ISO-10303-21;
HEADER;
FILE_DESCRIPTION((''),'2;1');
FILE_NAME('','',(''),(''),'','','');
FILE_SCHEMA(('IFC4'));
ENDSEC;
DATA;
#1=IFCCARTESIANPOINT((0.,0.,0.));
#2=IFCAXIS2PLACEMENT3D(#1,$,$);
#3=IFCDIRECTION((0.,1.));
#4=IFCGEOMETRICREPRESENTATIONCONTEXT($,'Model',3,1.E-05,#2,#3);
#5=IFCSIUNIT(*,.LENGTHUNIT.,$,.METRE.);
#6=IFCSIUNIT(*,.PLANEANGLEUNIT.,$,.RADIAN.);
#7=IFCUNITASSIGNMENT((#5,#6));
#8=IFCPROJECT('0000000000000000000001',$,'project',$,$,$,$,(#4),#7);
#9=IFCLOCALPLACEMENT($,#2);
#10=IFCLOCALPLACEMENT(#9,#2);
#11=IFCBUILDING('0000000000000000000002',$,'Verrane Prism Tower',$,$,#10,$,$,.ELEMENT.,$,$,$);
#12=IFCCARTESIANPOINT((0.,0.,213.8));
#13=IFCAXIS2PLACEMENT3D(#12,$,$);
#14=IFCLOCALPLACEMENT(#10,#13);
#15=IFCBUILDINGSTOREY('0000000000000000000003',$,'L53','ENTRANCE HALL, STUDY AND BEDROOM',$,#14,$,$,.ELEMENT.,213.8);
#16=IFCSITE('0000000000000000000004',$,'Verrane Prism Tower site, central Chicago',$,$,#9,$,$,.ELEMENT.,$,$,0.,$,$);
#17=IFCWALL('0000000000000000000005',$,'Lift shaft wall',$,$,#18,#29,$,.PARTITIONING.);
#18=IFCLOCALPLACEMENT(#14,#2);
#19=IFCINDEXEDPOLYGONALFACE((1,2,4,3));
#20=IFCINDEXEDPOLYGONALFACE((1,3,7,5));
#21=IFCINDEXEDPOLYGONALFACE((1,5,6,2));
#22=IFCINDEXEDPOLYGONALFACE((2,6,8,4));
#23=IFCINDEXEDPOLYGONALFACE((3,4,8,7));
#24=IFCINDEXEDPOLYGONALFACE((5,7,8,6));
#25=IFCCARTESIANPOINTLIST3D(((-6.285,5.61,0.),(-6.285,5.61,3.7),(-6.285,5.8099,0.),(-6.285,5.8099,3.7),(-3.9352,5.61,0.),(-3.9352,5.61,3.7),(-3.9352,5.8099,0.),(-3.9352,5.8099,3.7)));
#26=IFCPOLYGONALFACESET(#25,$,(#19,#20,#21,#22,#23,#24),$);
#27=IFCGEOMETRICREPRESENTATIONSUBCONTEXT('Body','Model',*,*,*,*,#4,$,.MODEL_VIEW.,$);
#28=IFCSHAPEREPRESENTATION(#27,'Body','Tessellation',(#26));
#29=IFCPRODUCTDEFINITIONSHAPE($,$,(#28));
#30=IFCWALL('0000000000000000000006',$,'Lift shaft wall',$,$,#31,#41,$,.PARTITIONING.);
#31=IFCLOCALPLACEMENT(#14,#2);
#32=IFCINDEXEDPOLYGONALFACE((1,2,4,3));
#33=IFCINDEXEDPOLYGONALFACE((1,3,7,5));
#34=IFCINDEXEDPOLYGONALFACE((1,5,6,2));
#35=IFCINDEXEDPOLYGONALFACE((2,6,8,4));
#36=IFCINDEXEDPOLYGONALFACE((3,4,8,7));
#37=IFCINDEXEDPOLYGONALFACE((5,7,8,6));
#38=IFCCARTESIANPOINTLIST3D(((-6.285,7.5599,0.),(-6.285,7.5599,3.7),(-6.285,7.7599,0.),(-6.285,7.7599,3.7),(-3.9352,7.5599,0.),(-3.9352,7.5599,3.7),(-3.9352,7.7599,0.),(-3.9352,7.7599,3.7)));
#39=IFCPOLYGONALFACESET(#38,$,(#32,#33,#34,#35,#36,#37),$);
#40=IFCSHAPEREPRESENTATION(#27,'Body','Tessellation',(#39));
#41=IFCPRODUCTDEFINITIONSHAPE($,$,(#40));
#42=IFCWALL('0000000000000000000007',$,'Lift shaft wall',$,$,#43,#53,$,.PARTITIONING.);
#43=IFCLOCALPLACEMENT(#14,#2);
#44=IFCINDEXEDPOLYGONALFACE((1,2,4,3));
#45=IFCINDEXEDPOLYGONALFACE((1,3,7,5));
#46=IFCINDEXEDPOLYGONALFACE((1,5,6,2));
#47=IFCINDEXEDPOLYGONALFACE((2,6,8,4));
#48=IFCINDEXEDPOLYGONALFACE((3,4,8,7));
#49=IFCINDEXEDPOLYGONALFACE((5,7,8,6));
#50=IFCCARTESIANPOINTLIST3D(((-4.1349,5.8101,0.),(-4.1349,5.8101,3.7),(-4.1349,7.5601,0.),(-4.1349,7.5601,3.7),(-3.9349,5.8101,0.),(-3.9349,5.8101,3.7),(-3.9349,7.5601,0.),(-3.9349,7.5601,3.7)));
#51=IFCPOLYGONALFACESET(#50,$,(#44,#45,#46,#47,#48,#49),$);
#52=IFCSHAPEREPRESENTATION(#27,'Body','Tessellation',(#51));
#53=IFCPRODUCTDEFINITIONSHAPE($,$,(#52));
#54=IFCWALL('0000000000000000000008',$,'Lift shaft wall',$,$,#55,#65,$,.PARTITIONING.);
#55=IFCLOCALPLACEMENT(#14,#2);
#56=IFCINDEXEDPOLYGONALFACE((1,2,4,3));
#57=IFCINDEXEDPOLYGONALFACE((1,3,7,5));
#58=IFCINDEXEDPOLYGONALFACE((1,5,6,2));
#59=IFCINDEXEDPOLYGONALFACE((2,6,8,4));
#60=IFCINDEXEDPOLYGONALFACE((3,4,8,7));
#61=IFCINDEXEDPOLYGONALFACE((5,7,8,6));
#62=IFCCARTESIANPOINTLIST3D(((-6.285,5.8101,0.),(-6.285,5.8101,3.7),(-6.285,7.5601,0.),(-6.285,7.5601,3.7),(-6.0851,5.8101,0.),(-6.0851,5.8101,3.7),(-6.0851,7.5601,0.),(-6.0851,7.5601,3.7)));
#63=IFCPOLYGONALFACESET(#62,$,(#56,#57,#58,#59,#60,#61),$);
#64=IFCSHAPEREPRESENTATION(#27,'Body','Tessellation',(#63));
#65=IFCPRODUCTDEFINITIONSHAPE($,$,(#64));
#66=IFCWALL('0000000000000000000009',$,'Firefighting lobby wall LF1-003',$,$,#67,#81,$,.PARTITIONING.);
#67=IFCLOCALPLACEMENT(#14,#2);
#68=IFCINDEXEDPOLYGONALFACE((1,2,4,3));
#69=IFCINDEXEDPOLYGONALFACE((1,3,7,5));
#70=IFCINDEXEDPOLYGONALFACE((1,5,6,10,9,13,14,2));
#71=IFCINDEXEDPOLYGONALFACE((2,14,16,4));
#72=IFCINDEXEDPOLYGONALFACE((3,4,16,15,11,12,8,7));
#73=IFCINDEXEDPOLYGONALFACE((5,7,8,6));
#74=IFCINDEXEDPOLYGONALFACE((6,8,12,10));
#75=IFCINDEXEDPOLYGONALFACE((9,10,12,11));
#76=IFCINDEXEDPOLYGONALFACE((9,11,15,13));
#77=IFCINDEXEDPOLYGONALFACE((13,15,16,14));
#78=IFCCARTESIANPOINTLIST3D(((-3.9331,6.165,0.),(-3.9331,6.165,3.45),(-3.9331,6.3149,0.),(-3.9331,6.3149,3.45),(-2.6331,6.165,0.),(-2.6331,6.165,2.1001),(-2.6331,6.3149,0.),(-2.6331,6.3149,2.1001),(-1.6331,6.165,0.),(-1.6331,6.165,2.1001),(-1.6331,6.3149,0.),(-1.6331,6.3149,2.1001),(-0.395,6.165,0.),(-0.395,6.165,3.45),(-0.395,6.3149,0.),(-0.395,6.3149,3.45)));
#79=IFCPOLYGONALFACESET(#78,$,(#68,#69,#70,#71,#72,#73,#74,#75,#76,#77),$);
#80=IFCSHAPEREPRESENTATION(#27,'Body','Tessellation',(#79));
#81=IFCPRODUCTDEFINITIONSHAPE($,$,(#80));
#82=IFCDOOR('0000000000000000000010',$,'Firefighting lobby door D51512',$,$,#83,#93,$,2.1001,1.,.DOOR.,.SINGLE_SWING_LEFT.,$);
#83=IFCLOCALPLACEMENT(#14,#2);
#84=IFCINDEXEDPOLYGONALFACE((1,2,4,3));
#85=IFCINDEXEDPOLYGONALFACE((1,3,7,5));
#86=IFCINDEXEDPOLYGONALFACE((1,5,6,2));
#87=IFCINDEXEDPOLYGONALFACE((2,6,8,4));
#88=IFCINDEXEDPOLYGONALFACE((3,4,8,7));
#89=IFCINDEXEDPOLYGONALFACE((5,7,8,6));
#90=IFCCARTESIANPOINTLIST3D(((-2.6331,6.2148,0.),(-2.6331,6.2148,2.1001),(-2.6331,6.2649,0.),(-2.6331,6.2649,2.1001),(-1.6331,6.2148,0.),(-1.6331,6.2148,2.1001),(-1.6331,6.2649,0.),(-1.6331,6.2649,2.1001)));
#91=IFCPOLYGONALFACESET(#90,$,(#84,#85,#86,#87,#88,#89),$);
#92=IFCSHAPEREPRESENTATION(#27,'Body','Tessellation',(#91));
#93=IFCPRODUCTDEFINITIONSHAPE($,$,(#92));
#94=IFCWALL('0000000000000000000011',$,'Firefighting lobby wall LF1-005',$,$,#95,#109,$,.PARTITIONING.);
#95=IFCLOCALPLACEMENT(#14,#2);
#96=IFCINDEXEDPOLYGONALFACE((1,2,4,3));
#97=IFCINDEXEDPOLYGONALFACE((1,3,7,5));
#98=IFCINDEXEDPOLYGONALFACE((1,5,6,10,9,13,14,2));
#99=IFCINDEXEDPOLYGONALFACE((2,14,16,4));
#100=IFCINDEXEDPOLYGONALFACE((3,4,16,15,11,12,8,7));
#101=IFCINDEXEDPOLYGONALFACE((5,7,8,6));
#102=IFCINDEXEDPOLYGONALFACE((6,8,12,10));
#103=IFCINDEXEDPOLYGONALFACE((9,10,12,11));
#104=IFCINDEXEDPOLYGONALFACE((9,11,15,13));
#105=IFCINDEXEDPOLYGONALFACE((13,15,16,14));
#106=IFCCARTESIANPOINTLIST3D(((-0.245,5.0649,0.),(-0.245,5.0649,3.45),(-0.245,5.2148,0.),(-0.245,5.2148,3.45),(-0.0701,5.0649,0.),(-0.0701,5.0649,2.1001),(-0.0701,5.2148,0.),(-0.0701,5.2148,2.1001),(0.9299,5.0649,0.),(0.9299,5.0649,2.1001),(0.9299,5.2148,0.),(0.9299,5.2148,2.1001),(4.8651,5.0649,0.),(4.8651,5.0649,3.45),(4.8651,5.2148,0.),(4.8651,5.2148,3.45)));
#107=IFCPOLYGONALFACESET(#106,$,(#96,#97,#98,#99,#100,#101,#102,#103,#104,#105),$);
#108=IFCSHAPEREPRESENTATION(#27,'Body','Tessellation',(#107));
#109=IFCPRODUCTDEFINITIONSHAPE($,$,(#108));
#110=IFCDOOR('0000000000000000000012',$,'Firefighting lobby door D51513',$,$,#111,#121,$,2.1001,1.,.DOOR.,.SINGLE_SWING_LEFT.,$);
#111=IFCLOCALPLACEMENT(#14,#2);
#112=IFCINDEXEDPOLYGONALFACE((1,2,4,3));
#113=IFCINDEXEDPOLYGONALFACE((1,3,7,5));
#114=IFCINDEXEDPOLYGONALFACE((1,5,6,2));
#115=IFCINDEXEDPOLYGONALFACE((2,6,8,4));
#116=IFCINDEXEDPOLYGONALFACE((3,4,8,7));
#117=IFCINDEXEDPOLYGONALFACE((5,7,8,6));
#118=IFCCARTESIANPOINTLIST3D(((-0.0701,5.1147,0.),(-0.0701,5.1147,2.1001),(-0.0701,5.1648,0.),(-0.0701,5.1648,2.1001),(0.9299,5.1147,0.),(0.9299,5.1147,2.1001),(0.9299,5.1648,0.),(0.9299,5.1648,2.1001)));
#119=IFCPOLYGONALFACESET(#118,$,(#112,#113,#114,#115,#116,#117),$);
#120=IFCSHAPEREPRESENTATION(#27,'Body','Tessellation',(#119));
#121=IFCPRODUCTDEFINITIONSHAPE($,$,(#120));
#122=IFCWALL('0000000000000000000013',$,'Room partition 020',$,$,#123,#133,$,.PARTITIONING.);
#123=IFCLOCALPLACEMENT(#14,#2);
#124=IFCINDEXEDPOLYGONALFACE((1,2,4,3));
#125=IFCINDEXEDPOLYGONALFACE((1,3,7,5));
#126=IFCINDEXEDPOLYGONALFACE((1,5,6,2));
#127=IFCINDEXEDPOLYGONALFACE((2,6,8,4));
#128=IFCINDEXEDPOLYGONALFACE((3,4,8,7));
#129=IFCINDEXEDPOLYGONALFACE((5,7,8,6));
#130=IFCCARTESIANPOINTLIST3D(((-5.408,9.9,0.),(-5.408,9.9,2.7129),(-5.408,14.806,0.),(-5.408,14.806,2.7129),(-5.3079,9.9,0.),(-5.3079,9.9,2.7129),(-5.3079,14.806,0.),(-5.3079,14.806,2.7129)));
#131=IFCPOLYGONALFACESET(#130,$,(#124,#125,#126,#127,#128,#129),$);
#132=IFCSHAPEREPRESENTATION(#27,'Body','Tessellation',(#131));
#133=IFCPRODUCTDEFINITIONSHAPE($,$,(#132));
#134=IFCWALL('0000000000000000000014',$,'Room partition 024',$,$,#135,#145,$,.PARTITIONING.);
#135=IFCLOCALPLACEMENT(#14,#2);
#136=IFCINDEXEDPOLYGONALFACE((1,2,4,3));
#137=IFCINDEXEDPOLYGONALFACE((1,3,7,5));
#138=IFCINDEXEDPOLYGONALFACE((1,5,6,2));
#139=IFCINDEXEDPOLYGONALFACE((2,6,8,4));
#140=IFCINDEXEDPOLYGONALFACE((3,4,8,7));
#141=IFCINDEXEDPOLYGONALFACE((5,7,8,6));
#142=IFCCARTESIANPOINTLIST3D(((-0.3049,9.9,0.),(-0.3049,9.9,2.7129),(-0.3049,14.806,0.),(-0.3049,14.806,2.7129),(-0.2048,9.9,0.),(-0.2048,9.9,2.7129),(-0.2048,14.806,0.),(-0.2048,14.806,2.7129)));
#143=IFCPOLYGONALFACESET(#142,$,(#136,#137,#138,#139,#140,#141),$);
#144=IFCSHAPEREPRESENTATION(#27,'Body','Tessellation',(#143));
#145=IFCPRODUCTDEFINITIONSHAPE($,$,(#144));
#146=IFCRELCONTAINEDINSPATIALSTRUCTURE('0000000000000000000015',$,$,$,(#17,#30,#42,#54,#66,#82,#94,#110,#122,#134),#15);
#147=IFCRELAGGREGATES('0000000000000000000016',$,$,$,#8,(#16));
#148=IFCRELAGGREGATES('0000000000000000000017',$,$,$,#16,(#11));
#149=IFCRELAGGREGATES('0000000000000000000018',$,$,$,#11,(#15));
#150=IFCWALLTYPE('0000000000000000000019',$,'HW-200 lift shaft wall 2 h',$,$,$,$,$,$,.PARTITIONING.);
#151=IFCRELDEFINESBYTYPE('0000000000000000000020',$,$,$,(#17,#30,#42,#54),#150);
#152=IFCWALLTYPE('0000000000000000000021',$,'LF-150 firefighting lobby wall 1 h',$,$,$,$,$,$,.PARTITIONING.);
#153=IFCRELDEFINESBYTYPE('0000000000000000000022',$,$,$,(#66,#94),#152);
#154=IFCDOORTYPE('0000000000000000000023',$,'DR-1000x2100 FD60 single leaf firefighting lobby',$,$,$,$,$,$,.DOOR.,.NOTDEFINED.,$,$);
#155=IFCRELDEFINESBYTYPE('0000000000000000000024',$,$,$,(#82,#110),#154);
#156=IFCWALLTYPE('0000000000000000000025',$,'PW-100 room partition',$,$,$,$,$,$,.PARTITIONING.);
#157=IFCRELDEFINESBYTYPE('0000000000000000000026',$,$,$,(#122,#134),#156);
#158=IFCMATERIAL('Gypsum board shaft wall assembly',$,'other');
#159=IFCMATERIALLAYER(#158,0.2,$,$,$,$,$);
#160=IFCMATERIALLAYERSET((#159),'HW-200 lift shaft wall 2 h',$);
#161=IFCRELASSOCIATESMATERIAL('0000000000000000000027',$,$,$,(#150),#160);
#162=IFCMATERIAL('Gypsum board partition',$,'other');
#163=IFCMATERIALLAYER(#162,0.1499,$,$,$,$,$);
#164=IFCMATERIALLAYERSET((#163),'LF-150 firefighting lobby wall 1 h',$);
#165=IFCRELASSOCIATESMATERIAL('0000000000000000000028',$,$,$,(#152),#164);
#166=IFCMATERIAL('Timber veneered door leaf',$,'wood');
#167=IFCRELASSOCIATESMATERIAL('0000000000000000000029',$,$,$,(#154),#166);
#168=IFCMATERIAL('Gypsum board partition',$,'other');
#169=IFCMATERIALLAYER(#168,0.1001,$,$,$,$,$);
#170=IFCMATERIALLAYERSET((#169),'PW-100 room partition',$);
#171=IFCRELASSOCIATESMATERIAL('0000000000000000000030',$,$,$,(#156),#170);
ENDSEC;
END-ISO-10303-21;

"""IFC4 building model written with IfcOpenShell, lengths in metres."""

from ifc_helpers import new_model, si_unit, direction, frame, frame_2d, origin, place, context, subcontext, project, spatial, rectangle, extrude, material, layer, layer_set, type_object, element, fill, save


model = new_model("IFC4")

# Units and contexts
model_context = context("Model", 3, precision=1e-05, world=origin(), true_north=direction((0.0, 1.0)))
body_context = subcontext(model_context, "Body", "Model", "MODEL_VIEW")
ifc_project = project(units=[si_unit("LENGTHUNIT", "METRE"), si_unit("PLANEANGLEUNIT", "RADIAN")], contexts=[model_context])

# Site, building, storey
site_placement = place(None, origin())
site = spatial("IfcSite", under=ifc_project, at=site_placement, Name="Verrane Prism Tower site, central Chicago", CompositionType="ELEMENT", RefElevation=0.0)
building_placement = place(site_placement, origin())
building = spatial("IfcBuilding", under=site, at=building_placement, Name="Verrane Prism Tower", CompositionType="ELEMENT")
storey_placement = place(building_placement, frame((0.0, 0.0, 213.8)))
storey = spatial("IfcBuildingStorey", under=building, at=storey_placement, Name="L53", Description="ENTRANCE HALL, STUDY AND BEDROOM", CompositionType="ELEMENT", Elevation=213.8)

# Walls
ifc_material_1 = material(Name="Gypsum board shaft wall assembly", Category="other")
ifc_layer_1 = layer(ifc_material_1, 0.2)
ifc_layer_set_1 = layer_set([ifc_layer_1], Name="HW-200 lift shaft wall 2 h")
wall_type_1 = type_object("IfcWallType", Name="HW-200 lift shaft wall 2 h", PredefinedType="PARTITIONING", material=ifc_layer_set_1)
for number, where, z_axis, x_axis, name in (
    (1, (-6.2849, 5.71, 0.0), (0.0, 0.0, 1.0), (1.0, 0.0, 0.0), "Lift shaft wall"),
    (2, (-6.2849, 7.6599, 0.0), (0.0, 0.0, 1.0), (1.0, 0.0, 0.0), "Lift shaft wall"),
):
    element("IfcWall", number, at=place(storey_placement, frame(where, z_axis=z_axis, x_axis=x_axis)), inside=storey, type_object=wall_type_1, Name=name, PredefinedType="PARTITIONING", context=body_context, shape_type="SweptSolid", body=[
        extrude(rectangle(XDim=2.3499, YDim=0.2, at=frame_2d((1.1748, 0.0))), origin(), (0.0, 0.0, 1.0), 3.7),
    ])
for number, where, z_axis, x_axis, name in (
    (3, (-4.0349, 5.8101, 0.0), (0.0, 0.0, 1.0), (0.0, 1.0, 0.0), "Lift shaft wall"),
    (4, (-6.1851, 5.8101, 0.0), (0.0, 0.0, 1.0), (0.0, 1.0, 0.0), "Lift shaft wall"),
):
    element("IfcWall", number, at=place(storey_placement, frame(where, z_axis=z_axis, x_axis=x_axis)), inside=storey, type_object=wall_type_1, Name=name, PredefinedType="PARTITIONING", context=body_context, shape_type="SweptSolid", body=[
        extrude(rectangle(XDim=1.75, YDim=0.2, at=frame_2d((0.875, 0.0))), origin(), (0.0, 0.0, 1.0), 3.7),
    ])

# Walls, openings, doors
ifc_material_2 = material(Name="Gypsum board partition", Category="other")
ifc_layer_2 = layer(ifc_material_2, 0.1499)
ifc_layer_set_2 = layer_set([ifc_layer_2], Name="LF-150 firefighting lobby wall 1 h")
wall_type_2 = type_object("IfcWallType", Name="LF-150 firefighting lobby wall 1 h", PredefinedType="PARTITIONING", material=ifc_layer_set_2)
wall_1_placement = place(storey_placement, frame((-3.9331, 6.24, 0.0), z_axis=(0.0, 0.0, 1.0), x_axis=(1.0, 0.0, 0.0)))
wall_1 = element("IfcWall", 5, at=wall_1_placement, inside=storey, type_object=wall_type_2, Name="Firefighting lobby wall LF1-003", PredefinedType="PARTITIONING", context=body_context, shape_type="SweptSolid", body=[
    extrude(rectangle(XDim=3.5381, YDim=0.1499, at=frame_2d((1.769, 0.0))), origin(), (0.0, 0.0, 1.0), 3.45),
])
opening_1_placement = place(wall_1_placement, frame((1.3, 0.0, 0.0)))
opening_1 = element("IfcOpeningElement", 6, at=opening_1_placement, cuts=wall_1, PredefinedType="OPENING", context=body_context, shape_type="SweptSolid", body=[
    extrude(rectangle(XDim=1.0, YDim=2.1001, at=frame_2d((0.5, 1.05))), frame((0.0, 0.085, 0.0), z_axis=(0.0, -1.0, 0.0), x_axis=(1.0, 0.0, 0.0)), (0.0, 0.0, 1.0), 0.1699),
])
ifc_material_3 = material(Name="Timber veneered door leaf", Category="wood")
door_type = type_object("IfcDoorType", Name="DR-1000x2100 FD60 single leaf firefighting lobby", OperationType="NOTDEFINED", PredefinedType="DOOR", material=ifc_material_3)
door_1_placement = place(opening_1_placement, origin())
door_1 = element("IfcDoor", 7, at=door_1_placement, inside=storey, type_object=door_type, Name="Firefighting lobby door D51512", OperationType="SINGLE_SWING_LEFT", OverallHeight=2.1001, OverallWidth=1.0, PredefinedType="DOOR", context=body_context, shape_type="SweptSolid", body=[
    extrude(rectangle(XDim=1.0, YDim=2.1001, at=frame_2d((0.5, 1.05))), frame((0.0, 0.0249, 0.0), z_axis=(0.0, -1.0, 0.0), x_axis=(1.0, 0.0, 0.0)), (0.0, 0.0, 1.0), 0.05),
])
fill(opening_1, door_1)
wall_2_placement = place(storey_placement, frame((-0.2451, 5.1399, 0.0), z_axis=(0.0, 0.0, 1.0), x_axis=(1.0, 0.0, 0.0)))
wall_2 = element("IfcWall", 8, at=wall_2_placement, inside=storey, type_object=wall_type_2, Name="Firefighting lobby wall LF1-005", PredefinedType="PARTITIONING", context=body_context, shape_type="SweptSolid", body=[
    extrude(rectangle(XDim=5.1101, YDim=0.1499, at=frame_2d((2.5552, 0.0))), origin(), (0.0, 0.0, 1.0), 3.45),
])
opening_2_placement = place(wall_2_placement, frame((0.175, 0.0, 0.0)))
opening_2 = element("IfcOpeningElement", 9, at=opening_2_placement, cuts=wall_2, PredefinedType="OPENING", context=body_context, shape_type="SweptSolid", body=[
    extrude(rectangle(XDim=1.0, YDim=2.1001, at=frame_2d((0.5, 1.05))), frame((0.0, 0.085, 0.0), z_axis=(0.0, -1.0, 0.0), x_axis=(1.0, 0.0, 0.0)), (0.0, 0.0, 1.0), 0.1699),
])
door_2_placement = place(opening_2_placement, origin())
door_2 = element("IfcDoor", 10, at=door_2_placement, inside=storey, type_object=door_type, Name="Firefighting lobby door D51513", OperationType="SINGLE_SWING_LEFT", OverallHeight=2.1001, OverallWidth=1.0, PredefinedType="DOOR", context=body_context, shape_type="SweptSolid", body=[
    extrude(rectangle(XDim=1.0, YDim=2.1001, at=frame_2d((0.5, 1.05))), frame((0.0, 0.0249, 0.0), z_axis=(0.0, -1.0, 0.0), x_axis=(1.0, 0.0, 0.0)), (0.0, 0.0, 1.0), 0.05),
])
fill(opening_2, door_2)

# Walls
ifc_material_4 = material(Name="Gypsum board partition", Category="other")
ifc_layer_3 = layer(ifc_material_4, 0.1001)
ifc_layer_set_3 = layer_set([ifc_layer_3], Name="PW-100 room partition")
wall_type_3 = type_object("IfcWallType", Name="PW-100 room partition", PredefinedType="PARTITIONING", material=ifc_layer_set_3)
for number, where, z_axis, x_axis, name in (
    (11, (-5.3579, 9.8999, 0.0), (0.0, 0.0, 1.0), (0.0, 1.0, 0.0), "Room partition 020"),
    (12, (-0.2549, 9.8999, 0.0), (0.0, 0.0, 1.0), (0.0, 1.0, 0.0), "Room partition 024"),
):
    element("IfcWall", number, at=place(storey_placement, frame(where, z_axis=z_axis, x_axis=x_axis)), inside=storey, type_object=wall_type_3, Name=name, PredefinedType="PARTITIONING", context=body_context, shape_type="SweptSolid", body=[
        extrude(rectangle(XDim=4.906, YDim=0.1001, at=frame_2d((2.4531, 0.0))), origin(), (0.0, 0.0, 1.0), 2.7129),
    ])

save(model, "model.ifc")
